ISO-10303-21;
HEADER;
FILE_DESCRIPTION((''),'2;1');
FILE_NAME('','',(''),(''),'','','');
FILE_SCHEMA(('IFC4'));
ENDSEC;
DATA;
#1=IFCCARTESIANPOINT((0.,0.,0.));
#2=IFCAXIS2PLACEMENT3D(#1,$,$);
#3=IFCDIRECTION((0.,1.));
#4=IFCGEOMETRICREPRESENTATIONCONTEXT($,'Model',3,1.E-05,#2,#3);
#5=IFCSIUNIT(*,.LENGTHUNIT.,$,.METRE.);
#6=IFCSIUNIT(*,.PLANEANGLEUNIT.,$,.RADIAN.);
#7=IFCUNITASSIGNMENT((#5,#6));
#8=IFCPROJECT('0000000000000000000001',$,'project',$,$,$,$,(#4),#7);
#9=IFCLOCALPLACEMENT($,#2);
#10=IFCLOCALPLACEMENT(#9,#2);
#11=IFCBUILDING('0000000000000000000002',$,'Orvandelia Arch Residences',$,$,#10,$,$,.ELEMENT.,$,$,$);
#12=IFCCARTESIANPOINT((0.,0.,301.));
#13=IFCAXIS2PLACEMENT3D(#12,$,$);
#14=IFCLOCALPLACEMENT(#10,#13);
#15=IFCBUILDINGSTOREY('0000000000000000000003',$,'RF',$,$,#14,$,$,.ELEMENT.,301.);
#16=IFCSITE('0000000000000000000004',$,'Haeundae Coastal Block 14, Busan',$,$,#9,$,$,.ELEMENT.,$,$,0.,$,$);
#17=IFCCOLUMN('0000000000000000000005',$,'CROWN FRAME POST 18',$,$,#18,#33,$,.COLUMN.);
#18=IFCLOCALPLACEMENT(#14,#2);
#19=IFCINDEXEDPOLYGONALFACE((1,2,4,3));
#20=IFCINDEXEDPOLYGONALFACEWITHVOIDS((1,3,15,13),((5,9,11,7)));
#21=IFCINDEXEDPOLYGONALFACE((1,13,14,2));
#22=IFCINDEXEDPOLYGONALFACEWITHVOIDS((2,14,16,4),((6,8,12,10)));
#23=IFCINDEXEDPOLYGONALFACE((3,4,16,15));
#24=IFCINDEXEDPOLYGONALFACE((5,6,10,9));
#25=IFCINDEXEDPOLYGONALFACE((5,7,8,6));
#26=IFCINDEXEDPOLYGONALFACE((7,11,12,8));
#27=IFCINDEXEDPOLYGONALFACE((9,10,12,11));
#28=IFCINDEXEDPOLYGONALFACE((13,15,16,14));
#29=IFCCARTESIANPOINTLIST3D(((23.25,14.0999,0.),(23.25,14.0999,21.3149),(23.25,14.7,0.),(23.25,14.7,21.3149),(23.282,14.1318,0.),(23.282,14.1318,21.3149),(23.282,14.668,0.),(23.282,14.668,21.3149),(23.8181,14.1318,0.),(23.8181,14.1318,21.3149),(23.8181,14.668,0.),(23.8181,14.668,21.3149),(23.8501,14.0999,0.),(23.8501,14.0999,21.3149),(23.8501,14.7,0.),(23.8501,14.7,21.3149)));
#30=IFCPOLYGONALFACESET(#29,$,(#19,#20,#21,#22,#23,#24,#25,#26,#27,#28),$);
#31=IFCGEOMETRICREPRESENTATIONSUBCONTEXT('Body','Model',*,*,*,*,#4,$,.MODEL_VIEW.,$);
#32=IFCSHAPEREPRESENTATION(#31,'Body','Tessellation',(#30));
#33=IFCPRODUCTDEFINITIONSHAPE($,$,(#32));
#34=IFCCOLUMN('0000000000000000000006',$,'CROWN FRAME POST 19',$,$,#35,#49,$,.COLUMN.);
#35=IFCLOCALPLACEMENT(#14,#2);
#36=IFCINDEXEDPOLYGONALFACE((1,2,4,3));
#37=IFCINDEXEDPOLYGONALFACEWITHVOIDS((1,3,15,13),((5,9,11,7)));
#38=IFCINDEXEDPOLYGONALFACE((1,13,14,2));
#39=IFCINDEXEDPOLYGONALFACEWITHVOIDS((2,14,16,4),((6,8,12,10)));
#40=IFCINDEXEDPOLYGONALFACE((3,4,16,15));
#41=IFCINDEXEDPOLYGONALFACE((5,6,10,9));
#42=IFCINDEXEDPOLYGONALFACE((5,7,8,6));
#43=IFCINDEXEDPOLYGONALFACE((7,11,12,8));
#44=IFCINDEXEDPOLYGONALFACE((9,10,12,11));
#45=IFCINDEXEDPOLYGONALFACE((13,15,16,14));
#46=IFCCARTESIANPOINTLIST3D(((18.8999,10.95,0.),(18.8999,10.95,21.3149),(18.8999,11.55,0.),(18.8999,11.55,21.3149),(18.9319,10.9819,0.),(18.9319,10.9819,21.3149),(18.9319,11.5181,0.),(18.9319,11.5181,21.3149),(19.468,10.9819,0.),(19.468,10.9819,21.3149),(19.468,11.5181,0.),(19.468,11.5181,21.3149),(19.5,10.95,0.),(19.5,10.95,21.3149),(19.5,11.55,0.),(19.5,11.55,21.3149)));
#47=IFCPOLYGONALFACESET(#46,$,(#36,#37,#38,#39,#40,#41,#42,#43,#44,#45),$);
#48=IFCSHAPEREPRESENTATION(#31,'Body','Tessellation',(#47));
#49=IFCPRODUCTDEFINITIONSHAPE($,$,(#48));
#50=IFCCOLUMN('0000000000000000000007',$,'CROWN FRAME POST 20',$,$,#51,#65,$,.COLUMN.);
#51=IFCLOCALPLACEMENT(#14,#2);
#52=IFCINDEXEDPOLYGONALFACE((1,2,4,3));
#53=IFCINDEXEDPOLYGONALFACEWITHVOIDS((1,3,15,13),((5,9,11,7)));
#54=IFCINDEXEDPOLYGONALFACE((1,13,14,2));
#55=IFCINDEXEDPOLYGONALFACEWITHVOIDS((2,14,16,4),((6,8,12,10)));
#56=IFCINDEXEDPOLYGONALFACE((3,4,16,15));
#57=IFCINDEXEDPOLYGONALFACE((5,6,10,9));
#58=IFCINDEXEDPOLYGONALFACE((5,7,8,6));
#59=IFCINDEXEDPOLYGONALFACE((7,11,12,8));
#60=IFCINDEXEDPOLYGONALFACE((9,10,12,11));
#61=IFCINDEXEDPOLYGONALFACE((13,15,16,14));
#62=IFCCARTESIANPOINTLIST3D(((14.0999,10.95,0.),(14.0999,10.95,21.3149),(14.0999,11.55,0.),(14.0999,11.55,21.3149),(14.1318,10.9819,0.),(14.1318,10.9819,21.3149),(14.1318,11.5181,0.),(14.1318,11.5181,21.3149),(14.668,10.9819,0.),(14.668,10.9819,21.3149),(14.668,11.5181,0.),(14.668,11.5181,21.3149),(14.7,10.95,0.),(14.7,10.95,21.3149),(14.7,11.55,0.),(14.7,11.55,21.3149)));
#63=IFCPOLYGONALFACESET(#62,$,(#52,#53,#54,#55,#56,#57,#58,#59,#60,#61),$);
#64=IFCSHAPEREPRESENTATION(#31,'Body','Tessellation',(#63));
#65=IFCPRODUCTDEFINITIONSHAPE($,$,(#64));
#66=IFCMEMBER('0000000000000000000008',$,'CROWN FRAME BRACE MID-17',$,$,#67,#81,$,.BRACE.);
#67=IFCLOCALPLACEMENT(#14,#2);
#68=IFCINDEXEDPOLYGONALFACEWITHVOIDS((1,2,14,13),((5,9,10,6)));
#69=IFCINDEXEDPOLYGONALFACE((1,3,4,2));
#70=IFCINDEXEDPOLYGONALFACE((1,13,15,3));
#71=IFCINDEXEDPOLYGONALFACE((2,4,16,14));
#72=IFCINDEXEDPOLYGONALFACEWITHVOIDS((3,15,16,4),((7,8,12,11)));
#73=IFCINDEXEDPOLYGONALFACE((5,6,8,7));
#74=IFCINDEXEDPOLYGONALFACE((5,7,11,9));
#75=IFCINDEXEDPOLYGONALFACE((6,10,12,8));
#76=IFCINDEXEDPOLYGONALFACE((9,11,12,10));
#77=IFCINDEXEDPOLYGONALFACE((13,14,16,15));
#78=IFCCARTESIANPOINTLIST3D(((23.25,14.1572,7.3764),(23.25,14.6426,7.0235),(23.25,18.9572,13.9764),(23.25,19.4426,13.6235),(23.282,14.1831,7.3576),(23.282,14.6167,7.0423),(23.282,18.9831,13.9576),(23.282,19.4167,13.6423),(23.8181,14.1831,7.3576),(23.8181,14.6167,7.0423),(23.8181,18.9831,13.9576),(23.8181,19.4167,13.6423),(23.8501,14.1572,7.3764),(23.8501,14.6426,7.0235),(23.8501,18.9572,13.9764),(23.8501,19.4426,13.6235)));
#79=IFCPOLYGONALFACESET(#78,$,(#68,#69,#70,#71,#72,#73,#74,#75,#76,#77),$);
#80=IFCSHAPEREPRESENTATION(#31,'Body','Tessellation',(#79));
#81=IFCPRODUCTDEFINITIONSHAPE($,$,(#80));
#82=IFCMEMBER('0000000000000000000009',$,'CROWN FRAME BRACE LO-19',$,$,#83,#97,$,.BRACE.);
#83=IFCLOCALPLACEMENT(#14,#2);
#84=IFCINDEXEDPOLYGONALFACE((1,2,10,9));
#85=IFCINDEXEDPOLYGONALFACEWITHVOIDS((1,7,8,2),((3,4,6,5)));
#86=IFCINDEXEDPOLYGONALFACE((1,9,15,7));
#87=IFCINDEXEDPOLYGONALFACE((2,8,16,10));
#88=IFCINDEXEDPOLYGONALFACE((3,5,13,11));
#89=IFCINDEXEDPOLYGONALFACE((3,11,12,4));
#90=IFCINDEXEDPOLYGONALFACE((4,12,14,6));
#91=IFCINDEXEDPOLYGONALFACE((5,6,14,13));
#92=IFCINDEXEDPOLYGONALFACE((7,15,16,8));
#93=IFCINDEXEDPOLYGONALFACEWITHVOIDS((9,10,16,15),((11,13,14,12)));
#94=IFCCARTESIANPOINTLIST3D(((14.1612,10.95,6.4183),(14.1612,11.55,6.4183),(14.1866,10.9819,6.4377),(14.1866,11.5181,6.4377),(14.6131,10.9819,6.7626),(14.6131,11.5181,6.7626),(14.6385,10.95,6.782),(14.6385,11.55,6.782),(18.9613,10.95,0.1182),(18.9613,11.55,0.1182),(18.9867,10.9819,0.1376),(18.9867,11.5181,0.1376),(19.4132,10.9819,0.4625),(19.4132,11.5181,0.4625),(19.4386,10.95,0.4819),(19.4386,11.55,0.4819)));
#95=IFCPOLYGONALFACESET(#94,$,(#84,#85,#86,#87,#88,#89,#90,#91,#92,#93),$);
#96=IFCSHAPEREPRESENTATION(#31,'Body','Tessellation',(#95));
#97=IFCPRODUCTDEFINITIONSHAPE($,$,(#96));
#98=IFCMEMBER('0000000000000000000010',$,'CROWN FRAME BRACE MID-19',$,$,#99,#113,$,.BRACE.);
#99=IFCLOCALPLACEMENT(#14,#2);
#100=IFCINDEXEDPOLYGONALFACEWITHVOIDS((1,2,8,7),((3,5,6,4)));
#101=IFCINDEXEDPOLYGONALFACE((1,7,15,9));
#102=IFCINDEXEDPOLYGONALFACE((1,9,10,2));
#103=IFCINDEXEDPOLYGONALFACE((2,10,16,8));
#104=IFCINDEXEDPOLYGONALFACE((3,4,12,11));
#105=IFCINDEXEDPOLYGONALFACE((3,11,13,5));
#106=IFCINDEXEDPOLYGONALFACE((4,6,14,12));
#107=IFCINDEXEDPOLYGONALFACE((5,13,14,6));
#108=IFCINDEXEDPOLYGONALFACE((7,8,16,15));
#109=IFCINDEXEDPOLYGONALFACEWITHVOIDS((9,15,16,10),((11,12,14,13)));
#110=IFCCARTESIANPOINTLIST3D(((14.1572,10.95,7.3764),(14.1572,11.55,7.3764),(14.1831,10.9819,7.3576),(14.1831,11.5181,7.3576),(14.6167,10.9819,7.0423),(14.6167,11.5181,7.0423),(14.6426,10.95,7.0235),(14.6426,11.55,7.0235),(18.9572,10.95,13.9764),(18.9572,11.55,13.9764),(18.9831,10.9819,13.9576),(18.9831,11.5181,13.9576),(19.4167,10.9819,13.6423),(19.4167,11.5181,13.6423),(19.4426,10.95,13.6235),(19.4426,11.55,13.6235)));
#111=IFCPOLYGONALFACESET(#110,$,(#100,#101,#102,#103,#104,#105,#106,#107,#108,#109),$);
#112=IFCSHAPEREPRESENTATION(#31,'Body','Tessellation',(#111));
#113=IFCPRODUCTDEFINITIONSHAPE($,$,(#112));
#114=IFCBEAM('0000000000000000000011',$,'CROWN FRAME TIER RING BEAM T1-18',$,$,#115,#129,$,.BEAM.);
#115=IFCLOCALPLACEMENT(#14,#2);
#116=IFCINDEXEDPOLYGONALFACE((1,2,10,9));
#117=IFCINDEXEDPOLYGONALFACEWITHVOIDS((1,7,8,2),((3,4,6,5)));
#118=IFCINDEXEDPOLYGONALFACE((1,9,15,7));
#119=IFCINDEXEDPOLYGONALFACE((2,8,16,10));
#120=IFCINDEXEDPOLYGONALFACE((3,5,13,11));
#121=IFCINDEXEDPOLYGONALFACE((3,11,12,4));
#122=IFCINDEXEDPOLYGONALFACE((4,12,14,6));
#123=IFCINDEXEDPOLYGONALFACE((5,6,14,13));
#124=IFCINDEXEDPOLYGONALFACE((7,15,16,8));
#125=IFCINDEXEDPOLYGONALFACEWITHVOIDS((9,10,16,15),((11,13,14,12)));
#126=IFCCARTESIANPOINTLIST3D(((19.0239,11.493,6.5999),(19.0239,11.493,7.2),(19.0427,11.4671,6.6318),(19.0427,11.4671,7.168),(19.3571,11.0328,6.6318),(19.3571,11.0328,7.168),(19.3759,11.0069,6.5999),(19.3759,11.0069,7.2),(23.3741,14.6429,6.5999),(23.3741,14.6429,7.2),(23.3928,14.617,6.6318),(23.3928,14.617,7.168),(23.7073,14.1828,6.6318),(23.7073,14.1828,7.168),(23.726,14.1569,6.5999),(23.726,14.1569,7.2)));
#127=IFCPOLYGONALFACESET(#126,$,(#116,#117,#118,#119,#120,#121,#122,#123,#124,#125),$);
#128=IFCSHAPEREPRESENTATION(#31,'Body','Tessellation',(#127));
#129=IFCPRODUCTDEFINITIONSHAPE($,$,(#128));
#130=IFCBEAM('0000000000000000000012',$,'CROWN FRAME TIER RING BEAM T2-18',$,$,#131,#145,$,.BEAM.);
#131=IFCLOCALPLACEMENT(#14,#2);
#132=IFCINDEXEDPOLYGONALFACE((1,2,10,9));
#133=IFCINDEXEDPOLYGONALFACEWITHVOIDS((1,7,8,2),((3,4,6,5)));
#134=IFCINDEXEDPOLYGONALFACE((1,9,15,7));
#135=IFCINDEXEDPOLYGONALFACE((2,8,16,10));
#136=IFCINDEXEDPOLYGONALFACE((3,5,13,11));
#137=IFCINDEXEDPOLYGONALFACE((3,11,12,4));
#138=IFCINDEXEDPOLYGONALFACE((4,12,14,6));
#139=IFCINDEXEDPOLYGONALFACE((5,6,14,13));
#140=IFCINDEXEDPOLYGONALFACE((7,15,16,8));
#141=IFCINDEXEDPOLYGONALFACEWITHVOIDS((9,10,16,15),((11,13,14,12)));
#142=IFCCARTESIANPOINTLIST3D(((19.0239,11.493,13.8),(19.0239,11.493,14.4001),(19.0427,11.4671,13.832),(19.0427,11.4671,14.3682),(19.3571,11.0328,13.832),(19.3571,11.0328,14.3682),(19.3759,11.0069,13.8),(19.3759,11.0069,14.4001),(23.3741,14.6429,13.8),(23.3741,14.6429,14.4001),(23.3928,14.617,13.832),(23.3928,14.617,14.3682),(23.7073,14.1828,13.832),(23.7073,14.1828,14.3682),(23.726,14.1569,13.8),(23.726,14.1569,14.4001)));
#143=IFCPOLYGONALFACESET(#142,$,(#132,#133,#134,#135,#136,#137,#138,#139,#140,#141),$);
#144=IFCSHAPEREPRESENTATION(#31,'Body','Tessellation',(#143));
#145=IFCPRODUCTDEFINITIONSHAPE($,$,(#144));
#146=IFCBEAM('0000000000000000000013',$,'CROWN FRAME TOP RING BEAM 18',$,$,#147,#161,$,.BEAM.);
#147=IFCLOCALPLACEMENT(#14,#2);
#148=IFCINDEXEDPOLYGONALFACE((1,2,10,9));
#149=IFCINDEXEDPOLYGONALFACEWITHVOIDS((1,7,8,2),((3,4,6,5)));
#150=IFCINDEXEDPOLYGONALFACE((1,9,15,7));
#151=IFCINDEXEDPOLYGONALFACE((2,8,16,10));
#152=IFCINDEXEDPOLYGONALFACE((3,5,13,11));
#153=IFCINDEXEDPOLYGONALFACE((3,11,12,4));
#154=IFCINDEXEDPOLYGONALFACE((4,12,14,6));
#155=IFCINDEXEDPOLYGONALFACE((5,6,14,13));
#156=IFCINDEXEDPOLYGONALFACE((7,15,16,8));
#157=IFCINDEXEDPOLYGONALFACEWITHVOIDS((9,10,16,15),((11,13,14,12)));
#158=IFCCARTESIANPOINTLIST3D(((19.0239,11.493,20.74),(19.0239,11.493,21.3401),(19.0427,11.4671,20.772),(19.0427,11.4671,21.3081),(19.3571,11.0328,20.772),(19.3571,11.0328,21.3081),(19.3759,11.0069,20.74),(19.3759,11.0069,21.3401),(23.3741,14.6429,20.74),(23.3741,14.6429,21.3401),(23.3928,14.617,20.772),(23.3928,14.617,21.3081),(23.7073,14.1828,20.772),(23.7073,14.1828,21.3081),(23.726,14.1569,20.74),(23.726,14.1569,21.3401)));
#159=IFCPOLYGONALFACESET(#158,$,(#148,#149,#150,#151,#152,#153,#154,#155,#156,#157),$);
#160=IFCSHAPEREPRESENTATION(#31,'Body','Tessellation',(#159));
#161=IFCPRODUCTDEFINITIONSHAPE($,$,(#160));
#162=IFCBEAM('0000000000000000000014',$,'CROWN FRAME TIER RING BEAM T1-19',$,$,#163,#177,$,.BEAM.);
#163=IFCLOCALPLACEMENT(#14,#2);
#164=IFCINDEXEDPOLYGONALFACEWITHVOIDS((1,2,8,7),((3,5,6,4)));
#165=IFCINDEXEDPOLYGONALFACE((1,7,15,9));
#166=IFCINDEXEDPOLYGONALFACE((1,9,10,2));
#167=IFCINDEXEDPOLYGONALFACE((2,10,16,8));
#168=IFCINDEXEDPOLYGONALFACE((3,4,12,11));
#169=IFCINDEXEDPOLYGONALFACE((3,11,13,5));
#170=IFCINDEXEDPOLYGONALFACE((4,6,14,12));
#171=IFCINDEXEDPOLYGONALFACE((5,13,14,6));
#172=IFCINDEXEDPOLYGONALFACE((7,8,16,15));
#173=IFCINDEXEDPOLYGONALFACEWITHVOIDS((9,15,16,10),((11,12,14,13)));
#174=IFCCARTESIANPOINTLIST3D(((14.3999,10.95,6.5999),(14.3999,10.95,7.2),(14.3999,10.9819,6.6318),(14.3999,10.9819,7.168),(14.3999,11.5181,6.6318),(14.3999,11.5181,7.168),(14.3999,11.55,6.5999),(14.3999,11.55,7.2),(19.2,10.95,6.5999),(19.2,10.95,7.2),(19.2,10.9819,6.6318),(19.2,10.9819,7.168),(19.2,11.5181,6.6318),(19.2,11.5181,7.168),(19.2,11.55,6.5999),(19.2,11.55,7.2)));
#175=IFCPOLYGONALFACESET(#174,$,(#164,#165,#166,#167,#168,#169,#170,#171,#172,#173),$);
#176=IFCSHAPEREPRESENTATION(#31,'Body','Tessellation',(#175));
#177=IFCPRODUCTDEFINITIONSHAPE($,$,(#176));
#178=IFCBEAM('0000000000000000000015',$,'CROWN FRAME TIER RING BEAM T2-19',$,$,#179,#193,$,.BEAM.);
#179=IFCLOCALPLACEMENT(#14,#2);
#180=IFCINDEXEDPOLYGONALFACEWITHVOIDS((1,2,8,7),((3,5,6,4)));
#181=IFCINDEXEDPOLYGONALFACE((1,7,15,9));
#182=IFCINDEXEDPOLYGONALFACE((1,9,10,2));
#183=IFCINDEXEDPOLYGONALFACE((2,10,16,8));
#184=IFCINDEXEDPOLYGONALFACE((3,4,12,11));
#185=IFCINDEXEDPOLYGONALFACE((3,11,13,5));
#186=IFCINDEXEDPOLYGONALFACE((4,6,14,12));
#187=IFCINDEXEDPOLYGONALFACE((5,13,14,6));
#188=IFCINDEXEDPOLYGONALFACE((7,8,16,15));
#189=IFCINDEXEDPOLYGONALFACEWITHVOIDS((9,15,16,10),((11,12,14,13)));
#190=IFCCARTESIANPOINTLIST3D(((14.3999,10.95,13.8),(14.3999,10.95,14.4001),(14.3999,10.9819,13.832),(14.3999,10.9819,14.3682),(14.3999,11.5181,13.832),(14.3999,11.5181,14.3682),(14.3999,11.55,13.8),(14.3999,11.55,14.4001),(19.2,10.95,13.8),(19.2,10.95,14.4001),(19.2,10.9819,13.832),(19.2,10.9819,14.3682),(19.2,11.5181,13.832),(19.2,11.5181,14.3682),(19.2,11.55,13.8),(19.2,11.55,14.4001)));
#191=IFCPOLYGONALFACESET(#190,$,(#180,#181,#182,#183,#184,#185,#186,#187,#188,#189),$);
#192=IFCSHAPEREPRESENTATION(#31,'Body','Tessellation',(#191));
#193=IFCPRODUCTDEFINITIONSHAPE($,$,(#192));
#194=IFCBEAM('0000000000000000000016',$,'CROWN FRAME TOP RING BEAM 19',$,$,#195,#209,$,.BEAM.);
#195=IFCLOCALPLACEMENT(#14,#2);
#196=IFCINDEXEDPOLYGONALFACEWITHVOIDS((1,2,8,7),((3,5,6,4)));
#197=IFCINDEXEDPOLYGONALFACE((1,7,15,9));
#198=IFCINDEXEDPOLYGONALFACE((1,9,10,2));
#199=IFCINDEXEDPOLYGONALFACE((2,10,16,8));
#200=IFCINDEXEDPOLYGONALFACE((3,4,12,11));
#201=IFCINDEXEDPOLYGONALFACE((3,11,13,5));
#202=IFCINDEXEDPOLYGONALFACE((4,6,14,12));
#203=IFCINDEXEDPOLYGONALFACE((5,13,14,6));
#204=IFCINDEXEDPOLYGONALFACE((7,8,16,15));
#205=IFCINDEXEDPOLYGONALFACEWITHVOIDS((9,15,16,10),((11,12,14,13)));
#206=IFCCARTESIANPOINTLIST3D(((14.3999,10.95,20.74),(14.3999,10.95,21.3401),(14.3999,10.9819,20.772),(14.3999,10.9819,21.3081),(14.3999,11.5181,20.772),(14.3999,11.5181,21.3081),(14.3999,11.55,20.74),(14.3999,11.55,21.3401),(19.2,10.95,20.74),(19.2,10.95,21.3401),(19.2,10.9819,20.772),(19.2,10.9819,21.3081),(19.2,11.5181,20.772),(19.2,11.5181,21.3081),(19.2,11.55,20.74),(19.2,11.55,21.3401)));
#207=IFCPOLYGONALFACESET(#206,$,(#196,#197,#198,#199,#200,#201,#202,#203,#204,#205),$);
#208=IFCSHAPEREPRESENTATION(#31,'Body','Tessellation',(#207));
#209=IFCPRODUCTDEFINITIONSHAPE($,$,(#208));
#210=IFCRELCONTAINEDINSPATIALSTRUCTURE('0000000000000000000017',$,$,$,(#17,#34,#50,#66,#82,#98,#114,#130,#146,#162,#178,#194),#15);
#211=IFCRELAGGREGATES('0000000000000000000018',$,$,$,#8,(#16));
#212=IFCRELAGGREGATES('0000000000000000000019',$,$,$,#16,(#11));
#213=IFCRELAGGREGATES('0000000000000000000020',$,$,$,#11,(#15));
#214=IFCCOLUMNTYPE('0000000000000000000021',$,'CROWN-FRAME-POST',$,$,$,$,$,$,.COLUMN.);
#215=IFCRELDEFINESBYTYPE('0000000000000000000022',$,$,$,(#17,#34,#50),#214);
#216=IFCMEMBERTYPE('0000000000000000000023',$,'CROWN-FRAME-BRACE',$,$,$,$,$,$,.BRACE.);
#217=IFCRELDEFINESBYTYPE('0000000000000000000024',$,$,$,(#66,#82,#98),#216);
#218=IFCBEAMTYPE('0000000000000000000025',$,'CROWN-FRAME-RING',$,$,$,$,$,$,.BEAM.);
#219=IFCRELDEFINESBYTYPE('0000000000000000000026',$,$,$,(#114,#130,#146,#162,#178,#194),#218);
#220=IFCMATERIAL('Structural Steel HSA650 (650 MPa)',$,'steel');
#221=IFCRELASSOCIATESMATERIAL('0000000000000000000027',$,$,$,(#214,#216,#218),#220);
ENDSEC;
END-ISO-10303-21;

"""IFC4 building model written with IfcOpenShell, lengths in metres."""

from ifc_helpers import new_model, si_unit, direction, frame, origin, origin_2d, place, context, subcontext, project, spatial, hollow_rectangle, extrude, material, material_profile, profile_set, type_object, element, save


model = new_model("IFC4")

# Units and contexts
model_context = context("Model", 3, precision=1e-05, world=origin(), true_north=direction((0.0, 1.0)))
body_context = subcontext(model_context, "Body", "Model", "MODEL_VIEW")
ifc_project = project(units=[si_unit("LENGTHUNIT", "METRE"), si_unit("PLANEANGLEUNIT", "RADIAN")], contexts=[model_context])

# Site, building, storey
site_placement = place(None, origin())
site = spatial("IfcSite", under=ifc_project, at=site_placement, Name="Haeundae Coastal Block 14, Busan", CompositionType="ELEMENT", RefElevation=0.0)
building_placement = place(site_placement, origin())
building = spatial("IfcBuilding", under=site, at=building_placement, Name="Orvandelia Arch Residences", CompositionType="ELEMENT")
storey_placement = place(building_placement, frame((0.0, 0.0, 301.0)))
storey = spatial("IfcBuildingStorey", under=building, at=storey_placement, Name="RF", CompositionType="ELEMENT", Elevation=301.0)

# Columns
ifc_material_1 = material(Name="Structural Steel HSA650 (650 MPa)", Category="steel")
ifc_material_profile_1 = material_profile(ifc_material_1, hollow_rectangle(XDim=0.6001, YDim=0.6001, WallThickness=0.032, at=origin_2d()), Name="Structural Steel HSA650 (650 MPa)", Category="steel")
ifc_profile_set_1 = profile_set([ifc_material_profile_1], Name="Structural Steel HSA650 (650 MPa)")
column_type = type_object("IfcColumnType", Name="CROWN-FRAME-POST", PredefinedType="COLUMN", material=ifc_profile_set_1)
for number, where, z_axis, x_axis, name in (
    (1, (23.55, 14.3999, 0.0), (0.0, 0.0, 1.0), (1.0, 0.0, 0.0), "CROWN FRAME POST 18"),
    (2, (19.2, 11.25, 0.0), (0.0, 0.0, 1.0), (1.0, 0.0, 0.0), "CROWN FRAME POST 19"),
    (3, (14.3999, 11.25, 0.0), (0.0, 0.0, 1.0), (1.0, 0.0, 0.0), "CROWN FRAME POST 20"),
):
    element("IfcColumn", number, at=place(storey_placement, frame(where, z_axis=z_axis, x_axis=x_axis)), inside=storey, type_object=column_type, Name=name, PredefinedType="COLUMN", context=body_context, shape_type="SweptSolid", body=[
        extrude(hollow_rectangle(XDim=0.6001, YDim=0.6001, WallThickness=0.032, at=origin_2d()), origin(), (0.0, 0.0, 1.0), 21.3149),
    ])

# Members
ifc_material_profile_2 = material_profile(ifc_material_1, hollow_rectangle(XDim=0.6001, YDim=0.6001, WallThickness=0.032, at=origin_2d()), Name="Structural Steel HSA650 (650 MPa)", Category="steel")
ifc_profile_set_2 = profile_set([ifc_material_profile_2], Name="Structural Steel HSA650 (650 MPa)")
member_type = type_object("IfcMemberType", Name="CROWN-FRAME-BRACE", PredefinedType="BRACE", material=ifc_profile_set_2)
member_1_placement = place(storey_placement, frame((23.55, 14.3999, 7.2), z_axis=(0.0, 0.58817, 0.808737), x_axis=(-1.0, 0.0, 0.0)))
element("IfcMember", 4, at=member_1_placement, inside=storey, type_object=member_type, Name="CROWN FRAME BRACE MID-17", PredefinedType="BRACE", context=body_context, shape_type="SweptSolid", body=[
    extrude(hollow_rectangle(XDim=0.6001, YDim=0.6001, WallThickness=0.032, at=origin_2d()), origin(), (0.0, 0.0, 1.0), 8.1609),
])
member_2_placement = place(storey_placement, frame((19.2, 11.25, 0.3), z_axis=(-0.606044, 0.0, 0.795431), x_axis=(0.0, -1.0, 0.0)))
element("IfcMember", 5, at=member_2_placement, inside=storey, type_object=member_type, Name="CROWN FRAME BRACE LO-19", PredefinedType="BRACE", context=body_context, shape_type="SweptSolid", body=[
    extrude(hollow_rectangle(XDim=0.6001, YDim=0.6001, WallThickness=0.032, at=origin_2d()), origin(), (0.0, 0.0, 1.0), 7.9204),
])
member_3_placement = place(storey_placement, frame((14.3999, 11.25, 7.2), z_axis=(0.58817, 0.0, 0.808737), x_axis=(0.0, 1.0, 0.0)))
element("IfcMember", 6, at=member_3_placement, inside=storey, type_object=member_type, Name="CROWN FRAME BRACE MID-19", PredefinedType="BRACE", context=body_context, shape_type="SweptSolid", body=[
    extrude(hollow_rectangle(XDim=0.6001, YDim=0.6001, WallThickness=0.032, at=origin_2d()), origin(), (0.0, 0.0, 1.0), 8.1609),
])

# Beams
ifc_material_profile_3 = material_profile(ifc_material_1, hollow_rectangle(XDim=0.6001, YDim=0.6001, WallThickness=0.032, at=origin_2d()), Name="Structural Steel HSA650 (650 MPa)", Category="steel")
ifc_profile_set_3 = profile_set([ifc_material_profile_3], Name="Structural Steel HSA650 (650 MPa)")
beam_type = type_object("IfcBeamType", Name="CROWN-FRAME-RING", PredefinedType="BEAM", material=ifc_profile_set_3)
for number, where, z_axis, x_axis, name in (
    (7, (23.55, 14.3999, 6.8999), (-0.809957, -0.586489, 0.0), (0.586489, -0.809957, 0.0), "CROWN FRAME TIER RING BEAM T1-18"),
    (8, (23.55, 14.3999, 14.1001), (-0.809957, -0.586489, 0.0), (0.586489, -0.809957, 0.0), "CROWN FRAME TIER RING BEAM T2-18"),
    (9, (23.55, 14.3999, 21.04), (-0.809957, -0.586489, 0.0), (0.586489, -0.809957, 0.0), "CROWN FRAME TOP RING BEAM 18"),
):
    element("IfcBeam", number, at=place(storey_placement, frame(where, z_axis=z_axis, x_axis=x_axis)), inside=storey, type_object=beam_type, Name=name, PredefinedType="BEAM", context=body_context, shape_type="SweptSolid", body=[
        extrude(hollow_rectangle(XDim=0.6001, YDim=0.6001, WallThickness=0.032, at=origin_2d()), origin(), (0.0, 0.0, 1.0), 5.3708),
    ])
for number, where, z_axis, x_axis, name in (
    (10, (19.2, 11.25, 6.8999), (-1.0, 0.0, 0.0), (0.0, -1.0, 0.0), "CROWN FRAME TIER RING BEAM T1-19"),
    (11, (19.2, 11.25, 14.1001), (-1.0, 0.0, 0.0), (0.0, -1.0, 0.0), "CROWN FRAME TIER RING BEAM T2-19"),
    (12, (19.2, 11.25, 21.04), (-1.0, 0.0, 0.0), (0.0, -1.0, 0.0), "CROWN FRAME TOP RING BEAM 19"),
):
    element("IfcBeam", number, at=place(storey_placement, frame(where, z_axis=z_axis, x_axis=x_axis)), inside=storey, type_object=beam_type, Name=name, PredefinedType="BEAM", context=body_context, shape_type="SweptSolid", body=[
        extrude(hollow_rectangle(XDim=0.6001, YDim=0.6001, WallThickness=0.032, at=origin_2d()), origin(), (0.0, 0.0, 1.0), 4.8),
    ])

save(model, "model.ifc")
